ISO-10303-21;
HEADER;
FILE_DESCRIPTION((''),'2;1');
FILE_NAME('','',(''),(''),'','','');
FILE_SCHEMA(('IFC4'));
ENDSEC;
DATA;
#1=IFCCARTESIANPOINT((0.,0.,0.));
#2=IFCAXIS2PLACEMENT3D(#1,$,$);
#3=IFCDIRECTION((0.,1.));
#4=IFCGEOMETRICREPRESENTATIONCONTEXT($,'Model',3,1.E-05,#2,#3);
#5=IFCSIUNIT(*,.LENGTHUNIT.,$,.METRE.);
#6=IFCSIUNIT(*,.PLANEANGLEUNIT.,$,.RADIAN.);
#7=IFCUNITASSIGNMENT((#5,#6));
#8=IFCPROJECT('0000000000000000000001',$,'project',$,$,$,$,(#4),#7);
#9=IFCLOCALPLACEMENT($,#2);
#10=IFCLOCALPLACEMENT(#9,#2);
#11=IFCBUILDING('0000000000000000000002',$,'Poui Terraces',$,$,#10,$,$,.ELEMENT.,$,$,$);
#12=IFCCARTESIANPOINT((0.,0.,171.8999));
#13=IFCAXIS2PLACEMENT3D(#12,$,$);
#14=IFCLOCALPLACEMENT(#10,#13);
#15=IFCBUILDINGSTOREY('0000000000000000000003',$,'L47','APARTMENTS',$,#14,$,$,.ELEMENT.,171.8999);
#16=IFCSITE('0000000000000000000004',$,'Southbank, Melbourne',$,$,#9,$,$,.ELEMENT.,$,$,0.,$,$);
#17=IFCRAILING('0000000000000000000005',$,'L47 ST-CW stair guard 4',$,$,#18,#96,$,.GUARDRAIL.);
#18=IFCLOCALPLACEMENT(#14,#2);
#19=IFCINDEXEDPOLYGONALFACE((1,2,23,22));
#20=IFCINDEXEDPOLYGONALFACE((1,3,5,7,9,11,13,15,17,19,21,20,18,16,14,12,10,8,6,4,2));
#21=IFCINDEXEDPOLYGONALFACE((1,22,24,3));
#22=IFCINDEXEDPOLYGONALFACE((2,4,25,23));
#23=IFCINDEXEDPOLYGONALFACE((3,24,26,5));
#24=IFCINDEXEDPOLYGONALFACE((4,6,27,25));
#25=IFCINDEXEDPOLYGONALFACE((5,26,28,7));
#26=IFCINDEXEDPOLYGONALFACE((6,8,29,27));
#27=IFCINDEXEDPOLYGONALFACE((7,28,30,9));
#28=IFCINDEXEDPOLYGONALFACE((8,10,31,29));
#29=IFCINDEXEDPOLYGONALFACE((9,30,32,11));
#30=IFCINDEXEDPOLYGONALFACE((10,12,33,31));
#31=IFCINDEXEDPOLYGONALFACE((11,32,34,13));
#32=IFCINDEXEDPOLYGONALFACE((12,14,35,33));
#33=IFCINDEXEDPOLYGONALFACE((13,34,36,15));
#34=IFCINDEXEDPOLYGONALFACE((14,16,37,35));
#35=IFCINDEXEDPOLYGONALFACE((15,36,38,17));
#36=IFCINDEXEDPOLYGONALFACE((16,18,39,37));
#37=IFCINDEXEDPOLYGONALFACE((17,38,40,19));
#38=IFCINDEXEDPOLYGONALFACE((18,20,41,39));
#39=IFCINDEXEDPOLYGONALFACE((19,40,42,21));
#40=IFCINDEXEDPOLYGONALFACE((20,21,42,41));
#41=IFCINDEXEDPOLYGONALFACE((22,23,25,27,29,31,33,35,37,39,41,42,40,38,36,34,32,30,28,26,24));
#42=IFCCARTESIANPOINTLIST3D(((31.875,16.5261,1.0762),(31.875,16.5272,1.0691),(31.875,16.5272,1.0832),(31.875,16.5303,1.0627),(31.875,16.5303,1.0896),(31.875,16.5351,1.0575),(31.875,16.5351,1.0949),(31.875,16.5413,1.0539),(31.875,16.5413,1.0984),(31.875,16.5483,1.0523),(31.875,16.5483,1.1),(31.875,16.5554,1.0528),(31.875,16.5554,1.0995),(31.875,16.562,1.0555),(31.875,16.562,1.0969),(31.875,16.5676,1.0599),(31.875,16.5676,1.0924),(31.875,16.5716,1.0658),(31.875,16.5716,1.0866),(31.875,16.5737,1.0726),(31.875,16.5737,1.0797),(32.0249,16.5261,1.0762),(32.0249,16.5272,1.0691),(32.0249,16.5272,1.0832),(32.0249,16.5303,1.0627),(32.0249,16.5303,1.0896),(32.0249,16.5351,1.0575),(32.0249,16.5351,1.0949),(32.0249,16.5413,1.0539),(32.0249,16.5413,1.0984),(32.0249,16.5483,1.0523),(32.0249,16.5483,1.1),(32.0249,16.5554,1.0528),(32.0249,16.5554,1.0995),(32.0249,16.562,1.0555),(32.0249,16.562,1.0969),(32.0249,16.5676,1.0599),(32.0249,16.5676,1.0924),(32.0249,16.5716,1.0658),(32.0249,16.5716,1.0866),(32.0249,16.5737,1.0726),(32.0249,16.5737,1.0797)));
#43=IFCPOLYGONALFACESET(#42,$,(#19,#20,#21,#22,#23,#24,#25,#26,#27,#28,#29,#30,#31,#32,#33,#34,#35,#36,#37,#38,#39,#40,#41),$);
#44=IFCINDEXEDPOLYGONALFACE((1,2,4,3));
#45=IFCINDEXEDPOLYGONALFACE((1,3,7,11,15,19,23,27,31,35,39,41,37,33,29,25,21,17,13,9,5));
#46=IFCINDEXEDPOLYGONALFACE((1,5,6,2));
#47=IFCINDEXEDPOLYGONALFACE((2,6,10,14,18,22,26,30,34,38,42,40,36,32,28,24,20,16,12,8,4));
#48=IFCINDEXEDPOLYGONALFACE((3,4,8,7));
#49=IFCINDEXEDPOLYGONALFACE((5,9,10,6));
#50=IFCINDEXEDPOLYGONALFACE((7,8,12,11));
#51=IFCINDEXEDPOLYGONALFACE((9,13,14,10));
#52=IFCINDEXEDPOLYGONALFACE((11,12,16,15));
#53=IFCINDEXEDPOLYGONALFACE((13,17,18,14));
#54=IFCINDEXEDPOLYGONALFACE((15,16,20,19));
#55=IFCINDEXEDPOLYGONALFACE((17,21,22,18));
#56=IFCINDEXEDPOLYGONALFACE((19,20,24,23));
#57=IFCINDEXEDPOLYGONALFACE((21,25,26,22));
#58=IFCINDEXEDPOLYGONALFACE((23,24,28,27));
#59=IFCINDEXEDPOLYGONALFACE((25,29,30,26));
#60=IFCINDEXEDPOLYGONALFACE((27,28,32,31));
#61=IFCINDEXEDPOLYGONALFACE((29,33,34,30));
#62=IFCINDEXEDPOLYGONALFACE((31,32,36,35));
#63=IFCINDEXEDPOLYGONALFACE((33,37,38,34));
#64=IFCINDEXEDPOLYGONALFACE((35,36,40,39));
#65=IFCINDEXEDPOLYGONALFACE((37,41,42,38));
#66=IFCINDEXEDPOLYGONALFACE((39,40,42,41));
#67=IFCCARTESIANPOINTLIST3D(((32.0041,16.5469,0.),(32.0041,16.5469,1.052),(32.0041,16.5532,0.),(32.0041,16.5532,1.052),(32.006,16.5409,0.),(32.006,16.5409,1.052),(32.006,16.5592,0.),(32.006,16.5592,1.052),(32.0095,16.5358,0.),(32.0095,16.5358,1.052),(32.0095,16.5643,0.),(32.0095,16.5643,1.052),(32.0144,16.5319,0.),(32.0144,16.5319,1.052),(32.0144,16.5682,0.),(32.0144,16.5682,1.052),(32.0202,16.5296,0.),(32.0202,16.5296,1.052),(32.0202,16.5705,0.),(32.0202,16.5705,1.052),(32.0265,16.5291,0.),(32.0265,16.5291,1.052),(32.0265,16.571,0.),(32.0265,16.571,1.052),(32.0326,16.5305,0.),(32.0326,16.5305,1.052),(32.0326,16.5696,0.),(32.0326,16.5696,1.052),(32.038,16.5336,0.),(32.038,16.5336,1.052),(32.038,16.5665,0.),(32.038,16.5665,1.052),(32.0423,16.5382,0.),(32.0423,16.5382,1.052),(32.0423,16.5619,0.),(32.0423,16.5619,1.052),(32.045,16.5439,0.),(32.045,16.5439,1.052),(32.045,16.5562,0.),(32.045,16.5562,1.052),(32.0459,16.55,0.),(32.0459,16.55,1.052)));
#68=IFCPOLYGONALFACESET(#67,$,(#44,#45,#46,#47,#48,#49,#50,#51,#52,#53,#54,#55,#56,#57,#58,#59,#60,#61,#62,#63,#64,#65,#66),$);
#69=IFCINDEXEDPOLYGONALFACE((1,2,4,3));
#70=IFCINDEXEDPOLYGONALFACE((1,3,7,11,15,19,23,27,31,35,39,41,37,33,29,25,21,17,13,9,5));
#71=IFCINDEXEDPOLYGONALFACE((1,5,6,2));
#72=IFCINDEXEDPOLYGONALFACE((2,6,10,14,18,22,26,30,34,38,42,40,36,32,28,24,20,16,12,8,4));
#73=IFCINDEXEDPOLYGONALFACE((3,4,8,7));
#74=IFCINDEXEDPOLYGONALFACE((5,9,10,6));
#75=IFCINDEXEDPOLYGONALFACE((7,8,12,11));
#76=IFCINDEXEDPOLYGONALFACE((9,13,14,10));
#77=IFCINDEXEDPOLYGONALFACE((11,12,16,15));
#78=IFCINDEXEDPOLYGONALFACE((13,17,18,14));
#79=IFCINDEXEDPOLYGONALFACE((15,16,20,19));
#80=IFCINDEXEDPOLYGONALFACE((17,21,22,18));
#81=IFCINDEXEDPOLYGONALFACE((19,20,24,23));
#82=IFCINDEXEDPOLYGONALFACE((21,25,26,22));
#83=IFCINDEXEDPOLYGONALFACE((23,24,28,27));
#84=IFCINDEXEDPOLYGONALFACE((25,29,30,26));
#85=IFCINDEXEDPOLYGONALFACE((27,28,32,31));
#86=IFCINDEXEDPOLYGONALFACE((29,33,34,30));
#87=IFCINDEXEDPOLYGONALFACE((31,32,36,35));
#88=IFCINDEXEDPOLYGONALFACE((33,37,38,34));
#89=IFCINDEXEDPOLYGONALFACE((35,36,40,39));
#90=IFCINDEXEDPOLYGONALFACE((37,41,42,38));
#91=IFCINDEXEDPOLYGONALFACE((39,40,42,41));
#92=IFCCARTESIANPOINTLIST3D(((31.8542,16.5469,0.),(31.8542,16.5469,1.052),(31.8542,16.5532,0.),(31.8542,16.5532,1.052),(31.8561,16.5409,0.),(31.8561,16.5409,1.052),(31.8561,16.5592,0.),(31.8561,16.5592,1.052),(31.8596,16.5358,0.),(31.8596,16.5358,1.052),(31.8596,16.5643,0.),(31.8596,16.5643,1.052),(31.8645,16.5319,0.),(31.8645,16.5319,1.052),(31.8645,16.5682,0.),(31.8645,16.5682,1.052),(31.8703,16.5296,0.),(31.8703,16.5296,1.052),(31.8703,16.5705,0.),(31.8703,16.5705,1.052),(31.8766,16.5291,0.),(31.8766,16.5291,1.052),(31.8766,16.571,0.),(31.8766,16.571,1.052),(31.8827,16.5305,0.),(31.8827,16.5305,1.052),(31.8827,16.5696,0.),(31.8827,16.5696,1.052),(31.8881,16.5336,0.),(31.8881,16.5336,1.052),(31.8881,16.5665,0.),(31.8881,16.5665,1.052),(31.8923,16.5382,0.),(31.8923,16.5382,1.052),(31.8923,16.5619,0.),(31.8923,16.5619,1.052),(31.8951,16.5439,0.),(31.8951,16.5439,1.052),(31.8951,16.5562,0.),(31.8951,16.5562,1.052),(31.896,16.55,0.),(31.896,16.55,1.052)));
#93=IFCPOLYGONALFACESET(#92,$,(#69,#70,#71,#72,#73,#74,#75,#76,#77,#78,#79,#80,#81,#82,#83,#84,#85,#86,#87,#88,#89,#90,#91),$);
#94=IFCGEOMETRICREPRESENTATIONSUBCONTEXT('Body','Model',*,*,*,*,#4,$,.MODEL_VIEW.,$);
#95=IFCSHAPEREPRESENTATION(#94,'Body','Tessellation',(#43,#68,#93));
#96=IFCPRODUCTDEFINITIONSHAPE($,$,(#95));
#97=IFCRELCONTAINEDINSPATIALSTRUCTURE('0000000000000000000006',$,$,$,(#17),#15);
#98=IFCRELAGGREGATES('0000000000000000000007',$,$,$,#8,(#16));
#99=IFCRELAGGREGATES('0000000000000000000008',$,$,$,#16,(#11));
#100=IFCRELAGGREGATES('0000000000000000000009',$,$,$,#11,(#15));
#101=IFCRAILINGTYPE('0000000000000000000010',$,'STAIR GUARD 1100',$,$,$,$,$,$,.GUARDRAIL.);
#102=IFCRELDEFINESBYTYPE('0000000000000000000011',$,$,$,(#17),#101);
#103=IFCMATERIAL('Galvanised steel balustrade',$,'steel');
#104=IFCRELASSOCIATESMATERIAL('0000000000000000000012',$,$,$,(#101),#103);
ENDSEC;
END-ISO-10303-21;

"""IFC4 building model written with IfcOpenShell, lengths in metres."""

from ifc_helpers import new_model, si_unit, direction, frame, origin, origin_2d, place, context, subcontext, project, spatial, circle, extrude, material, type_object, element, save


model = new_model("IFC4")

# Units and contexts
model_context = context("Model", 3, precision=1e-05, world=origin(), true_north=direction((0.0, 1.0)))
body_context = subcontext(model_context, "Body", "Model", "MODEL_VIEW")
ifc_project = project(units=[si_unit("LENGTHUNIT", "METRE"), si_unit("PLANEANGLEUNIT", "RADIAN")], contexts=[model_context])

# Site, building, storey
site_placement = place(None, origin())
site = spatial("IfcSite", under=ifc_project, at=site_placement, Name="Southbank, Melbourne", CompositionType="ELEMENT", RefElevation=0.0)
building_placement = place(site_placement, origin())
building = spatial("IfcBuilding", under=site, at=building_placement, Name="Poui Terraces", CompositionType="ELEMENT")
storey_placement = place(building_placement, frame((0.0, 0.0, 171.8999)))
storey = spatial("IfcBuildingStorey", under=building, at=storey_placement, Name="L47", Description="APARTMENTS", CompositionType="ELEMENT", Elevation=171.8999)

# Railing
ifc_material_1 = material(Name="Galvanised steel balustrade", Category="steel")
railing_type_1 = type_object("IfcRailingType", Name="STAIR GUARD 1100", PredefinedType="GUARDRAIL", material=ifc_material_1)
railing_1_placement = place(storey_placement, frame((32.0249, 16.55, 0.0)))
element("IfcRailing", 1, at=railing_1_placement, inside=storey, type_object=railing_type_1, Name="L47 ST-CW stair guard 4", PredefinedType="GUARDRAIL", context=body_context, shape_type="SweptSolid", body=[
    extrude(circle(Radius=0.0239, at=origin_2d()), frame((0.0, 0.0, 1.0762), z_axis=(-1.0, 0.0, 0.0), x_axis=(0.0, -1.0, 0.0)), (0.0, 0.0, 1.0), 0.1499),
    extrude(circle(Radius=0.021, at=origin_2d()), origin(), (0.0, 0.0, 1.0), 1.052),
    extrude(circle(Radius=0.021, at=origin_2d()), frame((-0.1499, 0.0, 0.0)), (0.0, 0.0, 1.0), 1.052),
])

save(model, "model.ifc")
